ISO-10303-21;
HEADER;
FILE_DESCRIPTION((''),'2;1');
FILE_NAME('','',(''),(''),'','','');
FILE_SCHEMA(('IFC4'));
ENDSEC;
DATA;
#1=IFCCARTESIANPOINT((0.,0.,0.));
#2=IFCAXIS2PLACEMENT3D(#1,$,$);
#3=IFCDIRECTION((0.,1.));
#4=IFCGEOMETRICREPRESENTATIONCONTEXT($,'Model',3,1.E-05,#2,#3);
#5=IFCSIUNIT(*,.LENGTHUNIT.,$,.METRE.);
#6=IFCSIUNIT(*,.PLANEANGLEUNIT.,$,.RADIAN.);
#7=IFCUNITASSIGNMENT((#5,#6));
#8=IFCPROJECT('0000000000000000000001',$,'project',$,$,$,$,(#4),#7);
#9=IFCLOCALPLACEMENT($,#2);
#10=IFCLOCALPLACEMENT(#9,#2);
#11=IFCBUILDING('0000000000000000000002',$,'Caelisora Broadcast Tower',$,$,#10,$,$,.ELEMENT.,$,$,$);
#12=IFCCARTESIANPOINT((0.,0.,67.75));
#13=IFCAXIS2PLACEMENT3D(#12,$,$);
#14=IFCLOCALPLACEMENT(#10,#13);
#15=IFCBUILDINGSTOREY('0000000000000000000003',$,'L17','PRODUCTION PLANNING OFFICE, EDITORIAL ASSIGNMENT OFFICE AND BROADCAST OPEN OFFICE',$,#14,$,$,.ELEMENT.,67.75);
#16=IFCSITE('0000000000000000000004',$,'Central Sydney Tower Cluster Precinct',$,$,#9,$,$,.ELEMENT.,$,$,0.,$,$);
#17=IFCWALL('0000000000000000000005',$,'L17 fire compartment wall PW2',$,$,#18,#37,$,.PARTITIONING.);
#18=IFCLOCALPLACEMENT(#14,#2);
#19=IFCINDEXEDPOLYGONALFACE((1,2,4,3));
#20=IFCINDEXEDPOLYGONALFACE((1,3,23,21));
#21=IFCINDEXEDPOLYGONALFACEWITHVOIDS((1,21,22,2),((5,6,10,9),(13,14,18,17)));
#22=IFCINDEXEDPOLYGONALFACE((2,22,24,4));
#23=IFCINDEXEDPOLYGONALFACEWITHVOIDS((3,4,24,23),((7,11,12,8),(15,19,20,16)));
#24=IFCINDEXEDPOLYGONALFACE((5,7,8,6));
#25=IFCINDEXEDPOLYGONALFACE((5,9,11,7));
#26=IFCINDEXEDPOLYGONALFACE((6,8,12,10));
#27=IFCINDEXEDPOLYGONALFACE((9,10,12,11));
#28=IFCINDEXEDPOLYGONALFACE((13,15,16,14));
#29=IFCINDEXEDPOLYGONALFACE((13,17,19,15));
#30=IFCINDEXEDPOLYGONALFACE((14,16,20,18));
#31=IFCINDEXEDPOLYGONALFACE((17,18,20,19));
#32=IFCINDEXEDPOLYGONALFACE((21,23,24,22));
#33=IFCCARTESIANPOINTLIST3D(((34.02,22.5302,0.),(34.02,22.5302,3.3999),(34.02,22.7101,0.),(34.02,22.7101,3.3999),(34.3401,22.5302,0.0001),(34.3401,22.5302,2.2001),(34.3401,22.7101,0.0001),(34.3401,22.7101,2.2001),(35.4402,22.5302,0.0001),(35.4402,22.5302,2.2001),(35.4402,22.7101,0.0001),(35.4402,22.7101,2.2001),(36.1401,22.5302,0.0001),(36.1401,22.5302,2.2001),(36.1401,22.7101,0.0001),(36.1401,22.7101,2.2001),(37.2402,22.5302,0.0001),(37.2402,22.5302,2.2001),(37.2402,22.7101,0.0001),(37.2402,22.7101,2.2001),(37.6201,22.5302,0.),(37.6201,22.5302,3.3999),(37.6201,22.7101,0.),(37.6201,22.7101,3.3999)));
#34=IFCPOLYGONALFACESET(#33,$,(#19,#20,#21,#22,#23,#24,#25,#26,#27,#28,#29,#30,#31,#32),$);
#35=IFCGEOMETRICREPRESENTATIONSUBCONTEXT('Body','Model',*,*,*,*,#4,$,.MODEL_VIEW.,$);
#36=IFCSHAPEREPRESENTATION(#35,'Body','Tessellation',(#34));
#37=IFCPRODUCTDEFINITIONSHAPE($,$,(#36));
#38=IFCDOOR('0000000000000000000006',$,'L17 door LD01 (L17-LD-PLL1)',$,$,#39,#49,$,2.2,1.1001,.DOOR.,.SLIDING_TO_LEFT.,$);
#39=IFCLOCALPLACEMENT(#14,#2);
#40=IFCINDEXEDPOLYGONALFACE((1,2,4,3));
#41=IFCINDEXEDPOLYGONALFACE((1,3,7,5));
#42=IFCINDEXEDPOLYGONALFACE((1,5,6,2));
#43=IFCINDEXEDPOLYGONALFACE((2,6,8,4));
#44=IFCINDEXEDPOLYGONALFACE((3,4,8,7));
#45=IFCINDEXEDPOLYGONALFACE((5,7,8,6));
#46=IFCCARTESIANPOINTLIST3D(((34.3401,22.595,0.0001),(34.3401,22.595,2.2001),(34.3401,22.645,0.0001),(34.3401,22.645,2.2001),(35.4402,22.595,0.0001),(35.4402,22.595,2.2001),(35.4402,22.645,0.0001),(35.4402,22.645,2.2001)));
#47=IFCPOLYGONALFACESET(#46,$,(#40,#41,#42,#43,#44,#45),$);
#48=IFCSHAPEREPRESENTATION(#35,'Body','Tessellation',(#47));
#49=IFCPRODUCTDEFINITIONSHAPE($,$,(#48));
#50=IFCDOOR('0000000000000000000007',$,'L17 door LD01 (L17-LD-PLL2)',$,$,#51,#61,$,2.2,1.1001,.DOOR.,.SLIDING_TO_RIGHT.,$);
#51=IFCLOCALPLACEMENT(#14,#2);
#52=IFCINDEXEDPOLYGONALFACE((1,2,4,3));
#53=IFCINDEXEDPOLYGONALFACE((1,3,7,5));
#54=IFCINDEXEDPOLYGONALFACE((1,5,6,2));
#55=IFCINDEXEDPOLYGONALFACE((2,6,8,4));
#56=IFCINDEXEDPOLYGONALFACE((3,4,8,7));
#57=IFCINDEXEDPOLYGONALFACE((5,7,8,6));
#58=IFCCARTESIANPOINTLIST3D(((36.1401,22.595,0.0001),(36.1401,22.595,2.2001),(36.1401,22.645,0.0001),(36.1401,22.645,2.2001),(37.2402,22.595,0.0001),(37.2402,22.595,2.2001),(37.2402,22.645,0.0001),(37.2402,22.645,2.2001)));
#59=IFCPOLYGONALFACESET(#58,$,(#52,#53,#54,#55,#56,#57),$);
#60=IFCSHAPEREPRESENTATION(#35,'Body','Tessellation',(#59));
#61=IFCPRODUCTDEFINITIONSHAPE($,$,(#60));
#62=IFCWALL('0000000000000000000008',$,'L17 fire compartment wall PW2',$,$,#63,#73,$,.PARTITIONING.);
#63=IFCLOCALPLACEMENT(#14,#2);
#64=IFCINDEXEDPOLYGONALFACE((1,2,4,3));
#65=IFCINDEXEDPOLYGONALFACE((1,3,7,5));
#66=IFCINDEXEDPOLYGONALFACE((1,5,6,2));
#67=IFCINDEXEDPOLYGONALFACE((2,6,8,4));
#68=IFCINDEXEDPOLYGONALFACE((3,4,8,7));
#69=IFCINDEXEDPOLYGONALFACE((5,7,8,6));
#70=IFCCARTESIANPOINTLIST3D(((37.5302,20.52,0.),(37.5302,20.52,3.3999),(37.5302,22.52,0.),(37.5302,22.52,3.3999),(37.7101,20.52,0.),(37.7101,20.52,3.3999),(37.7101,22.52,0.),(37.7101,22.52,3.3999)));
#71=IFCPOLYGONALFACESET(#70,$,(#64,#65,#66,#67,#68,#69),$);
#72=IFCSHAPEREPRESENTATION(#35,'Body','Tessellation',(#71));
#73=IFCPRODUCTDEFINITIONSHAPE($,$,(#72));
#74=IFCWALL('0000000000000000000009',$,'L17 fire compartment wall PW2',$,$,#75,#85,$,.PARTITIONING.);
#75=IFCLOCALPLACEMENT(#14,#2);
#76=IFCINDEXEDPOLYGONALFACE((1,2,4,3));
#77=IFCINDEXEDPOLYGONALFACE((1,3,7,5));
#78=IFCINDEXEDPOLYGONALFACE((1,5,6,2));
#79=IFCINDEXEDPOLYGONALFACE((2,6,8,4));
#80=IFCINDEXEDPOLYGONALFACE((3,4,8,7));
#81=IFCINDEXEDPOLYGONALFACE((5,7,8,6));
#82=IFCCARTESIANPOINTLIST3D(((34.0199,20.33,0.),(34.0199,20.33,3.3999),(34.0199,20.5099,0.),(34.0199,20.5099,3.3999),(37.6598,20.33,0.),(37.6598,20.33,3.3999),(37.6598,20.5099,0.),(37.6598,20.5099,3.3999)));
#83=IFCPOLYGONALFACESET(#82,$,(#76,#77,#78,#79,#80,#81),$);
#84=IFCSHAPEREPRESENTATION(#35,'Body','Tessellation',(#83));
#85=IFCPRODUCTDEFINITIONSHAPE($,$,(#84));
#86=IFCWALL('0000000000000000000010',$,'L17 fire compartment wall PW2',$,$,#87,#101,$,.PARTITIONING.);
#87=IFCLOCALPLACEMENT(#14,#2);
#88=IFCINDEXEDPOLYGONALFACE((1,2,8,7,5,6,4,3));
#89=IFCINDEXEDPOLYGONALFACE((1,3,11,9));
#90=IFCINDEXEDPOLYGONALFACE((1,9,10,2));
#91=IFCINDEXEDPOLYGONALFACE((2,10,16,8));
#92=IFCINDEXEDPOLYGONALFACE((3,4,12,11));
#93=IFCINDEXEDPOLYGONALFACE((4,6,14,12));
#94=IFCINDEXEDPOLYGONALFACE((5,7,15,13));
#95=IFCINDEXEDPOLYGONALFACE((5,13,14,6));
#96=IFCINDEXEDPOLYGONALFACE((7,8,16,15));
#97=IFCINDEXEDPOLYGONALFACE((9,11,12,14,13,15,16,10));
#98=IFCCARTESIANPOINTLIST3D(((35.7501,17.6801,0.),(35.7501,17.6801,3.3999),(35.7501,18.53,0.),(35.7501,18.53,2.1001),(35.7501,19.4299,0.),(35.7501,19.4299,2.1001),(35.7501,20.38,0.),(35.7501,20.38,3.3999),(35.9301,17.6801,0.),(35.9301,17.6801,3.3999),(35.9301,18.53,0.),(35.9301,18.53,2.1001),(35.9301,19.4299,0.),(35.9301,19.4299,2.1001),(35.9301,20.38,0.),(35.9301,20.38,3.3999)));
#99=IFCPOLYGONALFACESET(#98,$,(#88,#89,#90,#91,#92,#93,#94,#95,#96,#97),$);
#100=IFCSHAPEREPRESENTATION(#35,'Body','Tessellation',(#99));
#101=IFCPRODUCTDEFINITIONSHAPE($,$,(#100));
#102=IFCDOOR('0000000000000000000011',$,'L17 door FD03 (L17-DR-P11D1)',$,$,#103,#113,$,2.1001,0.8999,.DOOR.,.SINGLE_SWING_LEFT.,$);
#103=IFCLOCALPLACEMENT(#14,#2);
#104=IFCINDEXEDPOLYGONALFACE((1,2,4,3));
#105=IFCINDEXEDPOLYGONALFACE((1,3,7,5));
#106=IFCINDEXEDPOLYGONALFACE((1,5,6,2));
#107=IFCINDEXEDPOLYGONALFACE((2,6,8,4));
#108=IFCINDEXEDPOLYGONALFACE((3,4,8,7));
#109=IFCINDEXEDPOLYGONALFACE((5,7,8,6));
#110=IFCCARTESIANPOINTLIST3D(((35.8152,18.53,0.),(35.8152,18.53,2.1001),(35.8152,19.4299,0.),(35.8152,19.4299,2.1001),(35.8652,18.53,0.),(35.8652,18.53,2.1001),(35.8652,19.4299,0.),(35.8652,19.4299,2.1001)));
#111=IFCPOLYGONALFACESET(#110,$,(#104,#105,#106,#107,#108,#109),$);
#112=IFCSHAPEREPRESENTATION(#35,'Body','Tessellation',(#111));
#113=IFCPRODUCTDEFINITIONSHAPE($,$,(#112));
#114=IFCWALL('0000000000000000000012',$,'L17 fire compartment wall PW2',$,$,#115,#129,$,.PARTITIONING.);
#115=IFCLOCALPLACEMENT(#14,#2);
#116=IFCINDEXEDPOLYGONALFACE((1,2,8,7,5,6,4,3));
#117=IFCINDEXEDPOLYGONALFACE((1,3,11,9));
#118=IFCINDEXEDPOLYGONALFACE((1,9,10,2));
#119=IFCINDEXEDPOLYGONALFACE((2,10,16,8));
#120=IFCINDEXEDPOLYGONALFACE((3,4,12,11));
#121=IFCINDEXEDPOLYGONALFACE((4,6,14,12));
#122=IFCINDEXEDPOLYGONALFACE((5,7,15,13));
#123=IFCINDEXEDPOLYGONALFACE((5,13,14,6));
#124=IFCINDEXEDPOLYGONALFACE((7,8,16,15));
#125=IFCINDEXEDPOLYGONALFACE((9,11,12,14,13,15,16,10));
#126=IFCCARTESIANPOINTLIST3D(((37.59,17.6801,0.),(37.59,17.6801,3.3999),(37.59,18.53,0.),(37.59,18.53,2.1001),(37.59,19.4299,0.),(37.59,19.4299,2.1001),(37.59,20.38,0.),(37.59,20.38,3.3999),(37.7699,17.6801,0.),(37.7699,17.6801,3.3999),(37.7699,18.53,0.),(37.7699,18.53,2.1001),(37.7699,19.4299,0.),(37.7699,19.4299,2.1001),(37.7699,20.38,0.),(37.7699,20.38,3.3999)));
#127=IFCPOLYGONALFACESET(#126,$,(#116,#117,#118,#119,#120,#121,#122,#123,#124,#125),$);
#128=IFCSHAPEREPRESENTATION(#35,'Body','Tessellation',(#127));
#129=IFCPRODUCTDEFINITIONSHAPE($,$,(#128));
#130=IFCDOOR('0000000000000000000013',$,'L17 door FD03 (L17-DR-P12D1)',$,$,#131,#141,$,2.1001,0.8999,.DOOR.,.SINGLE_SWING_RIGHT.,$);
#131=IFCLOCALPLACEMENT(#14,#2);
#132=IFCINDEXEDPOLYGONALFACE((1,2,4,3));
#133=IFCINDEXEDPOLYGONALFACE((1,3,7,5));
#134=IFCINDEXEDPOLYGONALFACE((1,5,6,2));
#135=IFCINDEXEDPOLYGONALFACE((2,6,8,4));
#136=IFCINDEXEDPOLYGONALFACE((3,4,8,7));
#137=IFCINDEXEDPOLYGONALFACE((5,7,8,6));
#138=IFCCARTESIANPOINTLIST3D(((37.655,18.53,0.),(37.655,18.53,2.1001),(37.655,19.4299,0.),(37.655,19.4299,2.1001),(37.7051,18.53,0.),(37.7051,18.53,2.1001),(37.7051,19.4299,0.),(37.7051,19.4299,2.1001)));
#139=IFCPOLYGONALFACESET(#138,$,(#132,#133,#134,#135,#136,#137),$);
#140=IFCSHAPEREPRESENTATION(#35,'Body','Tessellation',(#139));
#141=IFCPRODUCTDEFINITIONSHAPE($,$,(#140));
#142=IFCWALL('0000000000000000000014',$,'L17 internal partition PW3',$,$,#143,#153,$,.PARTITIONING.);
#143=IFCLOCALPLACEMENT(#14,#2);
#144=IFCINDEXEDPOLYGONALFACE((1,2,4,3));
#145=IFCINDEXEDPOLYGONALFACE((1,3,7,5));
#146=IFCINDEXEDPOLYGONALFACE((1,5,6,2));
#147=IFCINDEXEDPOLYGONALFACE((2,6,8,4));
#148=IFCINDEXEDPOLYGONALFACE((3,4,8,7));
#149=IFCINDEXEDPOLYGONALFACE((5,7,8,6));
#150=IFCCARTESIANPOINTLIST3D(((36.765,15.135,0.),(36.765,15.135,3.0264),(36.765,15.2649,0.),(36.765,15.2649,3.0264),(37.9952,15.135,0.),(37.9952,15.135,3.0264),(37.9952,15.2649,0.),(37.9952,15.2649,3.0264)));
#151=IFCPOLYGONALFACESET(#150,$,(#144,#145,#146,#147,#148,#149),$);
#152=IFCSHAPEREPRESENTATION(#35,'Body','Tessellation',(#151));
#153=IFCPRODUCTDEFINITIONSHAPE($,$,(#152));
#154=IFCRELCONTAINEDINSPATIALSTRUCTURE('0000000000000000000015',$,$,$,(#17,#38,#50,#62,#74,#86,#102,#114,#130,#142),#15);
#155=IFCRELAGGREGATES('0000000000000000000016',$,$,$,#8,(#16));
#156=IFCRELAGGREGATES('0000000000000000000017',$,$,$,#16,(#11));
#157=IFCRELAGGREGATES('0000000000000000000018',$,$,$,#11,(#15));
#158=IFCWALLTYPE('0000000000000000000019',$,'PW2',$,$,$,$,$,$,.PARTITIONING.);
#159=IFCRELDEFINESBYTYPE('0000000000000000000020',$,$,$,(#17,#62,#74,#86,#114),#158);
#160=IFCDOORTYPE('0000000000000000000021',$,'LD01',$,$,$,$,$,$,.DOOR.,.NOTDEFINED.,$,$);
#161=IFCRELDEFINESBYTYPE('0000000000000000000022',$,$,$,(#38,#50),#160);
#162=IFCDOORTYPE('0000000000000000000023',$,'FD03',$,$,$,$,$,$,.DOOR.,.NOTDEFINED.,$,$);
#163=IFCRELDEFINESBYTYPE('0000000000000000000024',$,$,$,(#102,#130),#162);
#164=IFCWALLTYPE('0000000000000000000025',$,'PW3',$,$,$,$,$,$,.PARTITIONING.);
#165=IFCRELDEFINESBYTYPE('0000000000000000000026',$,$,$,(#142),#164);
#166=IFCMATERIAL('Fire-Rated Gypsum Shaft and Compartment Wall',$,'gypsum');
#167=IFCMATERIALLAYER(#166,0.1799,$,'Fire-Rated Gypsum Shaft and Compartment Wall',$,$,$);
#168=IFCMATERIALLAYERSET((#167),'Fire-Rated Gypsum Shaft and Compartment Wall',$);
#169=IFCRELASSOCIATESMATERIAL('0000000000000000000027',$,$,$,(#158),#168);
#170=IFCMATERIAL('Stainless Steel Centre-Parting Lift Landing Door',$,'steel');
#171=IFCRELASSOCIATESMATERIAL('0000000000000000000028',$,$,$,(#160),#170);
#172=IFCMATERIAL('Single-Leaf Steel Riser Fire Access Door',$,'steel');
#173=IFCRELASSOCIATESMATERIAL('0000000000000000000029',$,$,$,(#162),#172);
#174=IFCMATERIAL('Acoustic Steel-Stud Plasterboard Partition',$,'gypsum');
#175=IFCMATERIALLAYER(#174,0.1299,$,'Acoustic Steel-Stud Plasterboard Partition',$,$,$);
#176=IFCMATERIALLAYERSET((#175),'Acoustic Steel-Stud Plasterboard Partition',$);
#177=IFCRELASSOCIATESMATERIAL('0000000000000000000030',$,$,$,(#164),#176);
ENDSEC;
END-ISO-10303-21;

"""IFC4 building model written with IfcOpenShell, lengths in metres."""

from ifc_helpers import new_model, si_unit, direction, frame, frame_2d, origin, place, context, subcontext, project, spatial, rectangle, extrude, material, layer, layer_set, type_object, element, fill, save


model = new_model("IFC4")

# Units and contexts
model_context = context("Model", 3, precision=1e-05, world=origin(), true_north=direction((0.0, 1.0)))
body_context = subcontext(model_context, "Body", "Model", "MODEL_VIEW")
ifc_project = project(units=[si_unit("LENGTHUNIT", "METRE"), si_unit("PLANEANGLEUNIT", "RADIAN")], contexts=[model_context])

# Site, building, storey
site_placement = place(None, origin())
site = spatial("IfcSite", under=ifc_project, at=site_placement, Name="Central Sydney Tower Cluster Precinct", CompositionType="ELEMENT", RefElevation=0.0)
building_placement = place(site_placement, origin())
building = spatial("IfcBuilding", under=site, at=building_placement, Name="Caelisora Broadcast Tower", CompositionType="ELEMENT")
storey_placement = place(building_placement, frame((0.0, 0.0, 67.75)))
storey = spatial("IfcBuildingStorey", under=building, at=storey_placement, Name="L17", Description="PRODUCTION PLANNING OFFICE, EDITORIAL ASSIGNMENT OFFICE AND BROADCAST OPEN OFFICE", CompositionType="ELEMENT", Elevation=67.75)

# Wall, openings, doors
ifc_material_1 = material(Name="Fire-Rated Gypsum Shaft and Compartment Wall", Category="gypsum")
ifc_layer_1 = layer(ifc_material_1, 0.1799, Name="Fire-Rated Gypsum Shaft and Compartment Wall")
ifc_layer_set_1 = layer_set([ifc_layer_1], Name="Fire-Rated Gypsum Shaft and Compartment Wall")
wall_type_1 = type_object("IfcWallType", Name="PW2", PredefinedType="PARTITIONING", material=ifc_layer_set_1)
wall_1_placement = place(storey_placement, frame((34.02, 22.6201, 0.0), z_axis=(0.0, 0.0, 1.0), x_axis=(1.0, 0.0, 0.0)))
wall_1 = element("IfcWall", 1, at=wall_1_placement, inside=storey, type_object=wall_type_1, Name="L17 fire compartment wall PW2", PredefinedType="PARTITIONING", context=body_context, shape_type="SweptSolid", body=[
    extrude(rectangle(XDim=3.6001, YDim=0.1799, at=frame_2d((1.8, 0.0))), origin(), (0.0, 0.0, 1.0), 3.3999),
])
opening_1_placement = place(wall_1_placement, frame((0.3201, 0.0, 0.0)))
opening_1 = element("IfcOpeningElement", 2, at=opening_1_placement, cuts=wall_1, PredefinedType="OPENING", context=body_context, shape_type="SweptSolid", body=[
    extrude(rectangle(XDim=1.1001, YDim=2.2, at=frame_2d((0.55, 1.1001))), frame((0.0, 0.1021, 0.0), z_axis=(0.0, -1.0, 0.0), x_axis=(1.0, 0.0, 0.0)), (0.0, 0.0, 1.0), 0.2039),
])
opening_2_placement = place(wall_1_placement, frame((2.1201, 0.0, 0.0)))
opening_2 = element("IfcOpeningElement", 3, at=opening_2_placement, cuts=wall_1, PredefinedType="OPENING", context=body_context, shape_type="SweptSolid", body=[
    extrude(rectangle(XDim=1.1001, YDim=2.2, at=frame_2d((0.55, 1.1001))), frame((0.0, 0.1021, 0.0), z_axis=(0.0, -1.0, 0.0), x_axis=(1.0, 0.0, 0.0)), (0.0, 0.0, 1.0), 0.2039),
])
ifc_material_2 = material(Name="Stainless Steel Centre-Parting Lift Landing Door", Category="steel")
door_type_1 = type_object("IfcDoorType", Name="LD01", OperationType="NOTDEFINED", PredefinedType="DOOR", material=ifc_material_2)
door_1_placement = place(opening_1_placement, origin())
door_1 = element("IfcDoor", 4, at=door_1_placement, inside=storey, type_object=door_type_1, Name="L17 door LD01 (L17-LD-PLL1)", OperationType="SLIDING_TO_LEFT", OverallHeight=2.2, OverallWidth=1.1001, PredefinedType="DOOR", context=body_context, shape_type="SweptSolid", body=[
    extrude(rectangle(XDim=1.1001, YDim=2.2, at=frame_2d((0.55, 1.1001))), frame((0.0, 0.0249, 0.0), z_axis=(0.0, -1.0, 0.0), x_axis=(1.0, 0.0, 0.0)), (0.0, 0.0, 1.0), 0.05),
])
fill(opening_1, door_1)
door_2_placement = place(opening_2_placement, origin())
door_2 = element("IfcDoor", 5, at=door_2_placement, inside=storey, type_object=door_type_1, Name="L17 door LD01 (L17-LD-PLL2)", OperationType="SLIDING_TO_RIGHT", OverallHeight=2.2, OverallWidth=1.1001, PredefinedType="DOOR", context=body_context, shape_type="SweptSolid", body=[
    extrude(rectangle(XDim=1.1001, YDim=2.2, at=frame_2d((0.55, 1.1001))), frame((0.0, 0.0249, 0.0), z_axis=(0.0, -1.0, 0.0), x_axis=(1.0, 0.0, 0.0)), (0.0, 0.0, 1.0), 0.05),
])
fill(opening_2, door_2)

# Walls
wall_2_placement = place(storey_placement, frame((37.6201, 20.52, 0.0), z_axis=(0.0, 0.0, 1.0), x_axis=(0.0, 1.0, 0.0)))
element("IfcWall", 6, at=wall_2_placement, inside=storey, type_object=wall_type_1, Name="L17 fire compartment wall PW2", PredefinedType="PARTITIONING", context=body_context, shape_type="SweptSolid", body=[
    extrude(rectangle(XDim=2.0, YDim=0.1799, at=frame_2d((1.0, 0.0))), origin(), (0.0, 0.0, 1.0), 3.3999),
])
wall_3_placement = place(storey_placement, frame((34.02, 20.4199, 0.0), z_axis=(0.0, 0.0, 1.0), x_axis=(1.0, 0.0, 0.0)))
element("IfcWall", 7, at=wall_3_placement, inside=storey, type_object=wall_type_1, Name="L17 fire compartment wall PW2", PredefinedType="PARTITIONING", context=body_context, shape_type="SweptSolid", body=[
    extrude(rectangle(XDim=3.6399, YDim=0.1799, at=frame_2d((1.8198, 0.0))), origin(), (0.0, 0.0, 1.0), 3.3999),
])

# Walls, openings, doors
wall_4_placement = place(storey_placement, frame((35.8401, 17.6799, 0.0), z_axis=(0.0, 0.0, 1.0), x_axis=(0.0, 1.0, 0.0)))
wall_4 = element("IfcWall", 8, at=wall_4_placement, inside=storey, type_object=wall_type_1, Name="L17 fire compartment wall PW2", PredefinedType="PARTITIONING", context=body_context, shape_type="SweptSolid", body=[
    extrude(rectangle(XDim=2.7, YDim=0.1799, at=frame_2d((1.3501, 0.0))), origin(), (0.0, 0.0, 1.0), 3.3999),
])
opening_3_placement = place(wall_4_placement, frame((0.8501, 0.0, 0.0)))
opening_3 = element("IfcOpeningElement", 9, at=opening_3_placement, cuts=wall_4, PredefinedType="OPENING", context=body_context, shape_type="SweptSolid", body=[
    extrude(rectangle(XDim=0.8999, YDim=2.1001, at=frame_2d((0.45, 1.05))), frame((0.0, 0.1021, 0.0), z_axis=(0.0, -1.0, 0.0), x_axis=(1.0, 0.0, 0.0)), (0.0, 0.0, 1.0), 0.2039),
])
ifc_material_3 = material(Name="Single-Leaf Steel Riser Fire Access Door", Category="steel")
door_type_2 = type_object("IfcDoorType", Name="FD03", OperationType="NOTDEFINED", PredefinedType="DOOR", material=ifc_material_3)
door_3_placement = place(opening_3_placement, origin())
door_3 = element("IfcDoor", 10, at=door_3_placement, inside=storey, type_object=door_type_2, Name="L17 door FD03 (L17-DR-P11D1)", OperationType="SINGLE_SWING_LEFT", OverallHeight=2.1001, OverallWidth=0.8999, PredefinedType="DOOR", context=body_context, shape_type="SweptSolid", body=[
    extrude(rectangle(XDim=0.8999, YDim=2.1001, at=frame_2d((0.45, 1.05))), frame((0.0, 0.0249, 0.0), z_axis=(0.0, -1.0, 0.0), x_axis=(1.0, 0.0, 0.0)), (0.0, 0.0, 1.0), 0.05),
])
fill(opening_3, door_3)
wall_5_placement = place(storey_placement, frame((37.6799, 17.6799, 0.0), z_axis=(0.0, 0.0, 1.0), x_axis=(0.0, 1.0, 0.0)))
wall_5 = element("IfcWall", 11, at=wall_5_placement, inside=storey, type_object=wall_type_1, Name="L17 fire compartment wall PW2", PredefinedType="PARTITIONING", context=body_context, shape_type="SweptSolid", body=[
    extrude(rectangle(XDim=2.7, YDim=0.1799, at=frame_2d((1.3501, 0.0))), origin(), (0.0, 0.0, 1.0), 3.3999),
])
opening_4_placement = place(wall_5_placement, frame((0.8501, 0.0, 0.0)))
opening_4 = element("IfcOpeningElement", 12, at=opening_4_placement, cuts=wall_5, PredefinedType="OPENING", context=body_context, shape_type="SweptSolid", body=[
    extrude(rectangle(XDim=0.8999, YDim=2.1001, at=frame_2d((0.45, 1.05))), frame((0.0, 0.1021, 0.0), z_axis=(0.0, -1.0, 0.0), x_axis=(1.0, 0.0, 0.0)), (0.0, 0.0, 1.0), 0.2039),
])
door_4_placement = place(opening_4_placement, origin())
door_4 = element("IfcDoor", 13, at=door_4_placement, inside=storey, type_object=door_type_2, Name="L17 door FD03 (L17-DR-P12D1)", OperationType="SINGLE_SWING_RIGHT", OverallHeight=2.1001, OverallWidth=0.8999, PredefinedType="DOOR", context=body_context, shape_type="SweptSolid", body=[
    extrude(rectangle(XDim=0.8999, YDim=2.1001, at=frame_2d((0.45, 1.05))), frame((0.0, 0.0249, 0.0), z_axis=(0.0, -1.0, 0.0), x_axis=(1.0, 0.0, 0.0)), (0.0, 0.0, 1.0), 0.05),
])
fill(opening_4, door_4)
ifc_material_4 = material(Name="Acoustic Steel-Stud Plasterboard Partition", Category="gypsum")
ifc_layer_2 = layer(ifc_material_4, 0.1299, Name="Acoustic Steel-Stud Plasterboard Partition")
ifc_layer_set_2 = layer_set([ifc_layer_2], Name="Acoustic Steel-Stud Plasterboard Partition")
wall_type_2 = type_object("IfcWallType", Name="PW3", PredefinedType="PARTITIONING", material=ifc_layer_set_2)

# Wall
wall_6_placement = place(storey_placement, frame((36.7649, 15.2, 0.0), z_axis=(0.0, 0.0, 1.0), x_axis=(1.0, 0.0, 0.0)))
element("IfcWall", 14, at=wall_6_placement, inside=storey, type_object=wall_type_2, Name="L17 internal partition PW3", PredefinedType="PARTITIONING", context=body_context, shape_type="SweptSolid", body=[
    extrude(rectangle(XDim=1.2302, YDim=0.1299, at=frame_2d((0.6152, 0.0))), origin(), (0.0, 0.0, 1.0), 3.0264),
])

save(model, "model.ifc")
